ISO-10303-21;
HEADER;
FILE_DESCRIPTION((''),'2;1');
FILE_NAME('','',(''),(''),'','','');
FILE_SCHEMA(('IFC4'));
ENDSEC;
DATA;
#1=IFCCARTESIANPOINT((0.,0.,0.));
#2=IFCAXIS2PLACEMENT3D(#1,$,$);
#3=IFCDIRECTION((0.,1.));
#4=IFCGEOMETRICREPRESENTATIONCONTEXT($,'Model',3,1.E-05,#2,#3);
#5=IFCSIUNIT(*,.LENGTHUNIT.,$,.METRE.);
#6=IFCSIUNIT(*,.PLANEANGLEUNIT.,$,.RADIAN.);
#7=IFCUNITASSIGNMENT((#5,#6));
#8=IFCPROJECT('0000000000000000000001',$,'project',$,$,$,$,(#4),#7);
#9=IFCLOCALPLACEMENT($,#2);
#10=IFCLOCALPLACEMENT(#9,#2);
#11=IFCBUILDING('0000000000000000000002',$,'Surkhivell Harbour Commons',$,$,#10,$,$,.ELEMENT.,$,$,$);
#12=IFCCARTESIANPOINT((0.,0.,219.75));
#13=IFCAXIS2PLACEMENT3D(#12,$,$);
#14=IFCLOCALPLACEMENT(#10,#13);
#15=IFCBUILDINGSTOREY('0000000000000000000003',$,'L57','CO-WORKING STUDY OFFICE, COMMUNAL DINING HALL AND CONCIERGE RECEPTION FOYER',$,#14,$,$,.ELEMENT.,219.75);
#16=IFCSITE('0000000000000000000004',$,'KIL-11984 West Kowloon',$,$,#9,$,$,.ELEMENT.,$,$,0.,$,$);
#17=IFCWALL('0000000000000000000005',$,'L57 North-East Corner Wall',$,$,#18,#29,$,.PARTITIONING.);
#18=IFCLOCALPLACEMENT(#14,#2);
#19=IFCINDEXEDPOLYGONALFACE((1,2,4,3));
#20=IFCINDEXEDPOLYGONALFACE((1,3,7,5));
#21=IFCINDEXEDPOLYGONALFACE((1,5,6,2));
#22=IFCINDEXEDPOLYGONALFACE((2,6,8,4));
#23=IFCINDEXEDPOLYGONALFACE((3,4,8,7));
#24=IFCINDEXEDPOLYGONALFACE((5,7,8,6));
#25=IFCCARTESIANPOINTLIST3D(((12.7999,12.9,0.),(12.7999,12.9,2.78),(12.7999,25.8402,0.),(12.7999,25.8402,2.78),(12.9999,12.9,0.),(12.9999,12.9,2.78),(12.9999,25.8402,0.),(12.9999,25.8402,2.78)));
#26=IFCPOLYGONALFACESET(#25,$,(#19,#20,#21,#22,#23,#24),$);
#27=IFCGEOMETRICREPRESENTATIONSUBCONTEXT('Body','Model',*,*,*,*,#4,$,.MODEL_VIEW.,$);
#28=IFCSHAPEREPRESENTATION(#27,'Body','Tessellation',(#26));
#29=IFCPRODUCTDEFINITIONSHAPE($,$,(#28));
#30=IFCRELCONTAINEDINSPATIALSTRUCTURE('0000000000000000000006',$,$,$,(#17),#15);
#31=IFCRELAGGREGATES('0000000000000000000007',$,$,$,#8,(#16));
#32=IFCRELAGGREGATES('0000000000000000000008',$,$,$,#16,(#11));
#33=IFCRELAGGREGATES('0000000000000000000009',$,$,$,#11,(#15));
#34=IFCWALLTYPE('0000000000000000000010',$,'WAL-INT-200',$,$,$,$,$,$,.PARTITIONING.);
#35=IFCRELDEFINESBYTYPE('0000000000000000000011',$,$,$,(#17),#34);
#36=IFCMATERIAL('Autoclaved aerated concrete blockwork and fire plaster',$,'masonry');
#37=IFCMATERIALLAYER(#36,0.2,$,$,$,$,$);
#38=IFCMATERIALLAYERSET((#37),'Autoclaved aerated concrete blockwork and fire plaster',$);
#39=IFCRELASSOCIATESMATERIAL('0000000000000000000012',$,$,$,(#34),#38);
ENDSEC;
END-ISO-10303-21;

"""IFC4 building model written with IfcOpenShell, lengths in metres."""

from ifc_helpers import new_model, si_unit, direction, frame, frame_2d, origin, place, context, subcontext, project, spatial, rectangle, extrude, material, layer, layer_set, type_object, element, save


model = new_model("IFC4")

# Units and contexts
model_context = context("Model", 3, precision=1e-05, world=origin(), true_north=direction((0.0, 1.0)))
body_context = subcontext(model_context, "Body", "Model", "MODEL_VIEW")
ifc_project = project(units=[si_unit("LENGTHUNIT", "METRE"), si_unit("PLANEANGLEUNIT", "RADIAN")], contexts=[model_context])

# Site, building, storey
site_placement = place(None, origin())
site = spatial("IfcSite", under=ifc_project, at=site_placement, Name="KIL-11984 West Kowloon", CompositionType="ELEMENT", RefElevation=0.0)
building_placement = place(site_placement, origin())
building = spatial("IfcBuilding", under=site, at=building_placement, Name="Surkhivell Harbour Commons", CompositionType="ELEMENT")
storey_placement = place(building_placement, frame((0.0, 0.0, 219.75)))
storey = spatial("IfcBuildingStorey", under=building, at=storey_placement, Name="L57", Description="CO-WORKING STUDY OFFICE, COMMUNAL DINING HALL AND CONCIERGE RECEPTION FOYER", CompositionType="ELEMENT", Elevation=219.75)

# Wall
ifc_material_1 = material(Name="Autoclaved aerated concrete blockwork and fire plaster", Category="masonry")
ifc_layer_1 = layer(ifc_material_1, 0.2)
ifc_layer_set_1 = layer_set([ifc_layer_1], Name="Autoclaved aerated concrete blockwork and fire plaster")
wall_type_1 = type_object("IfcWallType", Name="WAL-INT-200", PredefinedType="PARTITIONING", material=ifc_layer_set_1)
wall_1_placement = place(storey_placement, frame((12.8999, 12.8999, 0.0), z_axis=(0.0, 0.0, 1.0), x_axis=(0.0, 1.0, 0.0)))
element("IfcWall", 1, at=wall_1_placement, inside=storey, type_object=wall_type_1, Name="L57 North-East Corner Wall", PredefinedType="PARTITIONING", context=body_context, shape_type="SweptSolid", body=[
    extrude(rectangle(XDim=12.9402, YDim=0.2, at=frame_2d((6.4702, 0.0))), origin(), (0.0, 0.0, 1.0), 2.78),
])

save(model, "model.ifc")
